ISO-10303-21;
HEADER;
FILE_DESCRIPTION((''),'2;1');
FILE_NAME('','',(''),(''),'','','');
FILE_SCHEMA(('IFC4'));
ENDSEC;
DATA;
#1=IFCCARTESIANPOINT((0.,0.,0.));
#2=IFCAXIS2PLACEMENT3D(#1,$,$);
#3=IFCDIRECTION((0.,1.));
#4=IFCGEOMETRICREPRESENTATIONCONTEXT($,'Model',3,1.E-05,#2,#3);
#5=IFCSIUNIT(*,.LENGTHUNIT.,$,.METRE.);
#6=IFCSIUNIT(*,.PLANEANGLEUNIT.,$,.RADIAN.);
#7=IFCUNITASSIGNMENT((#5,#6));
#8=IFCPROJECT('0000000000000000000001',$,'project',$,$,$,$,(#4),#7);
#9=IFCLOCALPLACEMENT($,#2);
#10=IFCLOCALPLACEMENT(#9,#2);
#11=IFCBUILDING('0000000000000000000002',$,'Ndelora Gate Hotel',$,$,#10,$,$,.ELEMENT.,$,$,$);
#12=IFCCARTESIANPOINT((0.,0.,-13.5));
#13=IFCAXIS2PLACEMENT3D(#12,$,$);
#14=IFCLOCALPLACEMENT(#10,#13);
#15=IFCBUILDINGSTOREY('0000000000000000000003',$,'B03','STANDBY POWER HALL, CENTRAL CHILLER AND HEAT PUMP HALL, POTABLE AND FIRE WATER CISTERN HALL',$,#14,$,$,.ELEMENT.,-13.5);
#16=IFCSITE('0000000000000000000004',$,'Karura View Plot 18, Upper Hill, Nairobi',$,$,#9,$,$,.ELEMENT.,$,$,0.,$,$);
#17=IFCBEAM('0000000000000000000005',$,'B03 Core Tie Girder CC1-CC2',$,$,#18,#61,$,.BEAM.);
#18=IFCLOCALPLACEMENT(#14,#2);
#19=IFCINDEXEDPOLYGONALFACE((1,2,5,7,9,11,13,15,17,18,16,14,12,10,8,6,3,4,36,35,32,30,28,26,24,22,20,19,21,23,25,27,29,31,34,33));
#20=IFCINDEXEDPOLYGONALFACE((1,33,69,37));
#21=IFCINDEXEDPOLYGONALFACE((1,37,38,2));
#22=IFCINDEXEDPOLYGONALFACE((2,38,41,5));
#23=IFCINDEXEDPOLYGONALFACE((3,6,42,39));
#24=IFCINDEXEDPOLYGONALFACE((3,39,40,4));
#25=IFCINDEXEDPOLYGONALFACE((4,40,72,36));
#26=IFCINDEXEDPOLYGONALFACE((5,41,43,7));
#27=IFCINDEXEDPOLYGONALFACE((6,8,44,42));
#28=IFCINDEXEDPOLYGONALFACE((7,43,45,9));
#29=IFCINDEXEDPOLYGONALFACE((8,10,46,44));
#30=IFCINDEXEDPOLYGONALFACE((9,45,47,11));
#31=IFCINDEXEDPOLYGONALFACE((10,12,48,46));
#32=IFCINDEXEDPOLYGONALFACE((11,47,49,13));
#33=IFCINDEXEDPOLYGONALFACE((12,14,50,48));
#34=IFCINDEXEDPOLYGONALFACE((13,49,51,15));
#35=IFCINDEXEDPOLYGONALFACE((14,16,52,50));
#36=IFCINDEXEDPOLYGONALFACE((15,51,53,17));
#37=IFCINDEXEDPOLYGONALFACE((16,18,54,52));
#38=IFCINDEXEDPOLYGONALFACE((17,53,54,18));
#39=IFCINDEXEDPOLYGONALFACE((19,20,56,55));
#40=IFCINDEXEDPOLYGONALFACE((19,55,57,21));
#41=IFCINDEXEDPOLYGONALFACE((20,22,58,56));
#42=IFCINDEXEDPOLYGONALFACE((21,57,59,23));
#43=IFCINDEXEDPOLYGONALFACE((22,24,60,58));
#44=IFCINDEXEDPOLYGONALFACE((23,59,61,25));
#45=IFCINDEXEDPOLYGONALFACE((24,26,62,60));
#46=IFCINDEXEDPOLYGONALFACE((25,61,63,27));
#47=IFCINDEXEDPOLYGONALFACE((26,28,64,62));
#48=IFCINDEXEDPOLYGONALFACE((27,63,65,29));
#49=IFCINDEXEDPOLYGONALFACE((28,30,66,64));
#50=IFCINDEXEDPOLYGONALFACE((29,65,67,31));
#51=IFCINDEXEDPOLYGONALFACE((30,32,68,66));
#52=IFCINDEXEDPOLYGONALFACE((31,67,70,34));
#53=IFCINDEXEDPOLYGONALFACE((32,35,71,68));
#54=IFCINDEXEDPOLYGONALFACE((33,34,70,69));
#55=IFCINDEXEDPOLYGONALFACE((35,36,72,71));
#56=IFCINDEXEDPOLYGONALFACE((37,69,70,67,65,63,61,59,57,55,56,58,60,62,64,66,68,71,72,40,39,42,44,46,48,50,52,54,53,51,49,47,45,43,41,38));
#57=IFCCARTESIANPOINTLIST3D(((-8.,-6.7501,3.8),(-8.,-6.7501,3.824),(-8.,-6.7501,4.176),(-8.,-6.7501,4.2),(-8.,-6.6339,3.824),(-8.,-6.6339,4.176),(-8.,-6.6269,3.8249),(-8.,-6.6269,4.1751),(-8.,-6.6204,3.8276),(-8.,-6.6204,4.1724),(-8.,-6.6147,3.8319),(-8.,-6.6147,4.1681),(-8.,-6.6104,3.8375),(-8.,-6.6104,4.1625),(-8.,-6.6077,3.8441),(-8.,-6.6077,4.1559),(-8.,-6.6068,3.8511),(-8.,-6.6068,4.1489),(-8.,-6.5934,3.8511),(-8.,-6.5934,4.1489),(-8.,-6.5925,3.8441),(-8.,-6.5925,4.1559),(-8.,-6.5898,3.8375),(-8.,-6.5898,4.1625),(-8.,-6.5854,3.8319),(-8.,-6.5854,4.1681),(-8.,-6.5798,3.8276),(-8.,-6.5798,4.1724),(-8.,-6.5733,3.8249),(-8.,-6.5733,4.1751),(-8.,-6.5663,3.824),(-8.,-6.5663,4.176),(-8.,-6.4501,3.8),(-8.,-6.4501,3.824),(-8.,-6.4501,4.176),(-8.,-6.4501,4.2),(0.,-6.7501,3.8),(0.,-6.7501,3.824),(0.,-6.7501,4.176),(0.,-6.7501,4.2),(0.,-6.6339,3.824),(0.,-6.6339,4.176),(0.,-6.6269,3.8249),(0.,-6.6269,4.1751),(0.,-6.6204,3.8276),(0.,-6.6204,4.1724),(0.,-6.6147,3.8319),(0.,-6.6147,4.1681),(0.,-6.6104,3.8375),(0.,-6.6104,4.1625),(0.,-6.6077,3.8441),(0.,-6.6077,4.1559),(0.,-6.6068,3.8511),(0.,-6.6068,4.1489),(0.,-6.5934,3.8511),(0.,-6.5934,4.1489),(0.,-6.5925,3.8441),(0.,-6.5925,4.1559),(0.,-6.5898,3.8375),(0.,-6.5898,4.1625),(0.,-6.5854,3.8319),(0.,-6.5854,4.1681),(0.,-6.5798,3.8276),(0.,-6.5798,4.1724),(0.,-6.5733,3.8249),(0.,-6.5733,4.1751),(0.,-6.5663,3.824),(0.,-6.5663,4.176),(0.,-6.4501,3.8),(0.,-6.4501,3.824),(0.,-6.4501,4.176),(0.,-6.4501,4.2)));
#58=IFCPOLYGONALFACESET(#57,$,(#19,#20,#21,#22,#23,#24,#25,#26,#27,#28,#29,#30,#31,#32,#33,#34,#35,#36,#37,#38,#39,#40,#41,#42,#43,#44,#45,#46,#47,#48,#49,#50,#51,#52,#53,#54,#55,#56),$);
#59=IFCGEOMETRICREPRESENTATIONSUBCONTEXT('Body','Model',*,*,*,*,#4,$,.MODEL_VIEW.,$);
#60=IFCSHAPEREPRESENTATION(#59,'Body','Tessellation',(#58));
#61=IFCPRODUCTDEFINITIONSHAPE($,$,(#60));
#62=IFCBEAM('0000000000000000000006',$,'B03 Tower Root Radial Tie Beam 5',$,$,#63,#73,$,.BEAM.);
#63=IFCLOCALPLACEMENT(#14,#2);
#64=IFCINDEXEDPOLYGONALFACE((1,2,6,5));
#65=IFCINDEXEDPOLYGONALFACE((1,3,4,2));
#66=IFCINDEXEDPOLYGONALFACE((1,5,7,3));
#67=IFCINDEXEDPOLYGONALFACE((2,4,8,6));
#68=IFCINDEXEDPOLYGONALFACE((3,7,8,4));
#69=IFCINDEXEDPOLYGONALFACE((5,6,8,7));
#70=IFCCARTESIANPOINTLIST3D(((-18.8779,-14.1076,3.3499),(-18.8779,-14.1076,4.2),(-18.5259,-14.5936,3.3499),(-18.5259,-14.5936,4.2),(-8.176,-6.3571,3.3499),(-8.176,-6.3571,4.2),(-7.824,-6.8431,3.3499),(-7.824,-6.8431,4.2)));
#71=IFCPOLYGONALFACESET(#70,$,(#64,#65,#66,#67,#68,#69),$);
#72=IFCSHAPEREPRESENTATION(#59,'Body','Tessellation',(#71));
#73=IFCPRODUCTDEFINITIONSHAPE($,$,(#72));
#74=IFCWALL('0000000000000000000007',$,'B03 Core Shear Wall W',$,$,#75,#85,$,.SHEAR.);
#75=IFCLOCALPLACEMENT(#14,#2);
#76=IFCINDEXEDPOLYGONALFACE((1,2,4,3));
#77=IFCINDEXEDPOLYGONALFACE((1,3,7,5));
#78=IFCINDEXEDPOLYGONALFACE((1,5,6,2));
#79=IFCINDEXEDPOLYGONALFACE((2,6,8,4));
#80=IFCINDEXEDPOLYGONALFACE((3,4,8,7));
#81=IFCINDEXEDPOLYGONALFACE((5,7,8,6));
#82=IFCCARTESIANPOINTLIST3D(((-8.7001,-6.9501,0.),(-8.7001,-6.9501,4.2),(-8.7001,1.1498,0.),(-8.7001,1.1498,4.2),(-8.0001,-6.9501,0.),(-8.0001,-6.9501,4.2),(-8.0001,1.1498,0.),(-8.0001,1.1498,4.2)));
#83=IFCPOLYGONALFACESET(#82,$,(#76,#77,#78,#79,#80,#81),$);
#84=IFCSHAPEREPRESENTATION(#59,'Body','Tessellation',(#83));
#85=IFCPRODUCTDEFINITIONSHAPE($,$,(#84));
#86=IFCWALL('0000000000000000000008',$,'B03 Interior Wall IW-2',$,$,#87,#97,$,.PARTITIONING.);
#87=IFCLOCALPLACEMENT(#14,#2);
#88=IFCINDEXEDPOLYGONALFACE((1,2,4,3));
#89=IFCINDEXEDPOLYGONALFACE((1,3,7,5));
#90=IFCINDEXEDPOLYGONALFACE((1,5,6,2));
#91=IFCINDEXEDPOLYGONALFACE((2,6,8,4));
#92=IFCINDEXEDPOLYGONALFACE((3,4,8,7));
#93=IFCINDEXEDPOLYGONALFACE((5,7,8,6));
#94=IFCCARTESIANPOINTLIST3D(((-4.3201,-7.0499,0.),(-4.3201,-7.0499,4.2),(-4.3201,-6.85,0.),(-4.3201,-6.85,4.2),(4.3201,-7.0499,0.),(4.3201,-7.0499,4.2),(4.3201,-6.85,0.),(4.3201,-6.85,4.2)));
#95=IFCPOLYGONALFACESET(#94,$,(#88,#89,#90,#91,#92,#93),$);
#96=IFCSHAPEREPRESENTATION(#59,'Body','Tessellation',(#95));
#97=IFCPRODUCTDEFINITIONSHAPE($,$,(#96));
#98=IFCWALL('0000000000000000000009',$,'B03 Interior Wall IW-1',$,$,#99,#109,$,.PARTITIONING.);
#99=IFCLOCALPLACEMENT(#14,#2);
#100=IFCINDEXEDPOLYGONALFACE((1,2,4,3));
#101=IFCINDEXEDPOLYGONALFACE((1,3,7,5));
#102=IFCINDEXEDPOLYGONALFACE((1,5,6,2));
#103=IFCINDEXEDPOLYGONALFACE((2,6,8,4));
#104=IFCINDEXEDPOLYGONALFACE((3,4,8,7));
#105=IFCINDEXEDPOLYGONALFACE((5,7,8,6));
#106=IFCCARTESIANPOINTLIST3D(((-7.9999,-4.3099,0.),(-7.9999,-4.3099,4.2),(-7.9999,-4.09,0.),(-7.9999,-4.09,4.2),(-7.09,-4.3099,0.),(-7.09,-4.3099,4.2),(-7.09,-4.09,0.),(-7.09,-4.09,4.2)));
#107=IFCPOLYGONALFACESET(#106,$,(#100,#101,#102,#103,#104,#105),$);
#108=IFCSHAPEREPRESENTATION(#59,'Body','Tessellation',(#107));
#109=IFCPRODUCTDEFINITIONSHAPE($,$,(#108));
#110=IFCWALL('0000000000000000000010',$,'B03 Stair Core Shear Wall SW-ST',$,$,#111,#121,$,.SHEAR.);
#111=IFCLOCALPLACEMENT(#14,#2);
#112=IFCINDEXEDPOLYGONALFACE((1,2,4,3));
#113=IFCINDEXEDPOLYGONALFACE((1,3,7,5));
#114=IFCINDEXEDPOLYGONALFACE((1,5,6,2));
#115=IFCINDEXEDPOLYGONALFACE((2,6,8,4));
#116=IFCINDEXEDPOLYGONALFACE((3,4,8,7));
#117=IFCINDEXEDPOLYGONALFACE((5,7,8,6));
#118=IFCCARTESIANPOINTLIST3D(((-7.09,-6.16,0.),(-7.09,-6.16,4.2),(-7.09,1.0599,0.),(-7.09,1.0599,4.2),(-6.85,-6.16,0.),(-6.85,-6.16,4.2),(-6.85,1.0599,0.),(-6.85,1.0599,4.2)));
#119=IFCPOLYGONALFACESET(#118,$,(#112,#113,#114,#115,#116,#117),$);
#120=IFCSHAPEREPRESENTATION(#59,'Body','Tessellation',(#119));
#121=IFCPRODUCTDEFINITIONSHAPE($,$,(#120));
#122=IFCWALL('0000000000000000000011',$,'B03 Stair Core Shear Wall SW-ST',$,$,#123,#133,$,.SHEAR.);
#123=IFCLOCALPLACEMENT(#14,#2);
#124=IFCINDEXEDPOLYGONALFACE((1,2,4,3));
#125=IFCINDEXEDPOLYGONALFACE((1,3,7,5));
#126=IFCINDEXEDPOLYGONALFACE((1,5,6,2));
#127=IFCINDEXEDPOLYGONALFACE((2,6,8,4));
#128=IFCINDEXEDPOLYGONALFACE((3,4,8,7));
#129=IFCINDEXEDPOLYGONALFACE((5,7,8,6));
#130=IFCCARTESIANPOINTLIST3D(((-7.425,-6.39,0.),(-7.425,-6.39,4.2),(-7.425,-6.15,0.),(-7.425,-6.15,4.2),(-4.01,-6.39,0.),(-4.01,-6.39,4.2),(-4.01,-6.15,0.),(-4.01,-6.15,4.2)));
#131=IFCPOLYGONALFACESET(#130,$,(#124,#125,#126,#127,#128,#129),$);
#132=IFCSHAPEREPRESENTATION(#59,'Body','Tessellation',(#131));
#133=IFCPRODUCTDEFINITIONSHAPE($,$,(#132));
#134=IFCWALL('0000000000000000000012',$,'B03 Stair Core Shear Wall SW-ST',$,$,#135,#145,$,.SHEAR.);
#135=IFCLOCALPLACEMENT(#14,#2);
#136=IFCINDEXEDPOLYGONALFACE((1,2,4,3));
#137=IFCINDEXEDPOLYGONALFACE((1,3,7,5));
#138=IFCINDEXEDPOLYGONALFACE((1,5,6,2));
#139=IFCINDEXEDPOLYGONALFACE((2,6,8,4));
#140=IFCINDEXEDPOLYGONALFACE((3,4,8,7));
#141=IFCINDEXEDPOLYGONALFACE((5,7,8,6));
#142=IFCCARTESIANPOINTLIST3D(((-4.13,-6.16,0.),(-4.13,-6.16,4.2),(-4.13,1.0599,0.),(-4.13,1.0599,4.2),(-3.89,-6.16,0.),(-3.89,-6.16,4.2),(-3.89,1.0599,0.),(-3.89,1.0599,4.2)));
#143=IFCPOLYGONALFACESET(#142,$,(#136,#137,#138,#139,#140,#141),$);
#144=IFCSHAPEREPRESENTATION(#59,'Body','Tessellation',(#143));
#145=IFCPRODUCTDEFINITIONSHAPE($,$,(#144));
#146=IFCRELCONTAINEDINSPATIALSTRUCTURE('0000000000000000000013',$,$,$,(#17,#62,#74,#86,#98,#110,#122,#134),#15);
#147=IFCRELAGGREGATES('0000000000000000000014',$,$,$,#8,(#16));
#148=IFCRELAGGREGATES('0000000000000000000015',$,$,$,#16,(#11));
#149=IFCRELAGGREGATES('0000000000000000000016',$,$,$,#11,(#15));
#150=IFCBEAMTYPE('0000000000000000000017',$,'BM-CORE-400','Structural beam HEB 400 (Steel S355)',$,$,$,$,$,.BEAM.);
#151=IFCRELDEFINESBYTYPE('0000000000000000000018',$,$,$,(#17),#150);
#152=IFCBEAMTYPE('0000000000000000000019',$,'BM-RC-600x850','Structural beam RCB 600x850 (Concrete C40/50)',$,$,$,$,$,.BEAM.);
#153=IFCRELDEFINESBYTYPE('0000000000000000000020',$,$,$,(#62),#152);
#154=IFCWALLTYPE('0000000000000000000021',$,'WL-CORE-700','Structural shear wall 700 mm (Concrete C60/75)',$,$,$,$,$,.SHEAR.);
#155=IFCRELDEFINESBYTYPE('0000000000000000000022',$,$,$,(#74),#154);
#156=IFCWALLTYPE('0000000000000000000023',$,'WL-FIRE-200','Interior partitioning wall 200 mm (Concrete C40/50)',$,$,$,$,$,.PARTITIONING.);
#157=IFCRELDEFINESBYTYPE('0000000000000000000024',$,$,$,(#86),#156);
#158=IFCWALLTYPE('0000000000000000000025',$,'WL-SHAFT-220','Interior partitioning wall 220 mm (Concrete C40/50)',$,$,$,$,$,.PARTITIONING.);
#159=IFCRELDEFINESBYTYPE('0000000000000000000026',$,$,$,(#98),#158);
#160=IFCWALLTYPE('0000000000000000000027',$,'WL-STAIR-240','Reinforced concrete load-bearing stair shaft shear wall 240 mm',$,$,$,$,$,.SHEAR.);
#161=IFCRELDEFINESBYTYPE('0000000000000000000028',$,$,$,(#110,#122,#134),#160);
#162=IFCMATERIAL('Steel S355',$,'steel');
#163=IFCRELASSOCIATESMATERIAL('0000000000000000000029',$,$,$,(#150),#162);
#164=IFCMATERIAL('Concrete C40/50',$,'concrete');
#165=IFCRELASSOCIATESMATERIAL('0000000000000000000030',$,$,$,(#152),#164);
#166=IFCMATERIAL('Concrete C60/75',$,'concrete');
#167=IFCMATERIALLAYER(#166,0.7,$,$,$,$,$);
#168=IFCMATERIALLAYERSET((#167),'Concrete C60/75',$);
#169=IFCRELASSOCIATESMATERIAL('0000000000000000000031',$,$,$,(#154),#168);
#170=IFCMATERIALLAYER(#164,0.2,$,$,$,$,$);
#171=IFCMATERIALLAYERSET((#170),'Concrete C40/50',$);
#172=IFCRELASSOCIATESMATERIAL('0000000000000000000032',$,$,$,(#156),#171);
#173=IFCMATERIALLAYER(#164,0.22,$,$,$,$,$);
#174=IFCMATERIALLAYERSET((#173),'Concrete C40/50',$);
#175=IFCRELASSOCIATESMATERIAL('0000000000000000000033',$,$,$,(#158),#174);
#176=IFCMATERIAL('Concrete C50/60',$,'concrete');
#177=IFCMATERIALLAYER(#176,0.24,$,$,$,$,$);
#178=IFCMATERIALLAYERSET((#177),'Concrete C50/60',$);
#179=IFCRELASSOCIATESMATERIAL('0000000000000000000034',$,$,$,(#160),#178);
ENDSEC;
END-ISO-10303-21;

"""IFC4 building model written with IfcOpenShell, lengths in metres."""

from ifc_helpers import new_model, si_unit, direction, frame, frame_2d, origin, origin_2d, place, context, subcontext, project, spatial, rectangle, i_section, extrude, material, layer, layer_set, material_profile, profile_set, type_object, element, save


model = new_model("IFC4")

# Units and contexts
model_context = context("Model", 3, precision=1e-05, world=origin(), true_north=direction((0.0, 1.0)))
body_context = subcontext(model_context, "Body", "Model", "MODEL_VIEW")
ifc_project = project(units=[si_unit("LENGTHUNIT", "METRE"), si_unit("PLANEANGLEUNIT", "RADIAN")], contexts=[model_context])

# Site, building, storey
site_placement = place(None, origin())
site = spatial("IfcSite", under=ifc_project, at=site_placement, Name="Karura View Plot 18, Upper Hill, Nairobi", CompositionType="ELEMENT", RefElevation=0.0)
building_placement = place(site_placement, origin())
building = spatial("IfcBuilding", under=site, at=building_placement, Name="Ndelora Gate Hotel", CompositionType="ELEMENT")
storey_placement = place(building_placement, frame((0.0, 0.0, -13.5)))
storey = spatial("IfcBuildingStorey", under=building, at=storey_placement, Name="B03", Description="STANDBY POWER HALL, CENTRAL CHILLER AND HEAT PUMP HALL, POTABLE AND FIRE WATER CISTERN HALL", CompositionType="ELEMENT", Elevation=-13.5)

# Shared definitions
ifc_material_1 = material(Name="Concrete C40/50", Category="concrete")

# Shared definitions
ifc_material_2 = material(Name="Concrete C60/75", Category="concrete")

# Beams
ifc_material_3 = material(Name="Steel S355", Category="steel")
ifc_material_profile_1 = material_profile(ifc_material_3, i_section(OverallWidth=0.3, OverallDepth=0.3999, WebThickness=0.0134, FlangeThickness=0.0239, FilletRadius=0.0271, at=origin_2d()), Name="HEB 400")
ifc_profile_set_1 = profile_set([ifc_material_profile_1], Name="Steel S355")
beam_type_1 = type_object("IfcBeamType", Name="BM-CORE-400", Description="Structural beam HEB 400 (Steel S355)", PredefinedType="BEAM", material=ifc_profile_set_1)
beam_1_placement = place(storey_placement, frame((-8.0, -6.6001, 4.0), z_axis=(1.0, 0.0, 0.0), x_axis=(0.0, 1.0, 0.0)))
element("IfcBeam", 1, at=beam_1_placement, inside=storey, type_object=beam_type_1, Name="B03 Core Tie Girder CC1-CC2", PredefinedType="BEAM", context=body_context, shape_type="SweptSolid", body=[
    extrude(i_section(OverallWidth=0.3, OverallDepth=0.3999, WebThickness=0.0134, FlangeThickness=0.0239, FilletRadius=0.0271, at=origin_2d()), origin(), (0.0, 0.0, 1.0), 8.0),
])
ifc_material_profile_2 = material_profile(ifc_material_1, rectangle(XDim=0.6001, YDim=0.8501, at=origin_2d()), Name="RCB 600x850")
ifc_profile_set_2 = profile_set([ifc_material_profile_2], Name="Concrete C40/50")
beam_type_2 = type_object("IfcBeamType", Name="BM-RC-600x850", Description="Structural beam RCB 600x850 (Concrete C40/50)", PredefinedType="BEAM", material=ifc_profile_set_2)
beam_2_placement = place(storey_placement, frame((-8.0, -6.6001, 3.7749), z_axis=(-0.809912, -0.586551, 0.0), x_axis=(0.586551, -0.809912, 0.0)))
element("IfcBeam", 2, at=beam_2_placement, inside=storey, type_object=beam_type_2, Name="B03 Tower Root Radial Tie Beam 5", PredefinedType="BEAM", context=body_context, shape_type="SweptSolid", body=[
    extrude(rectangle(XDim=0.6001, YDim=0.8501, at=origin_2d()), origin(), (0.0, 0.0, 1.0), 13.2136),
])

# Walls
ifc_layer_1 = layer(ifc_material_2, 0.7)
ifc_layer_set_1 = layer_set([ifc_layer_1], Name="Concrete C60/75")
wall_type_1 = type_object("IfcWallType", Name="WL-CORE-700", Description="Structural shear wall 700 mm (Concrete C60/75)", PredefinedType="SHEAR", material=ifc_layer_set_1)
wall_1_placement = place(storey_placement, frame((-8.3501, -6.95, 0.0), z_axis=(0.0, 0.0, 1.0), x_axis=(0.0, 1.0, 0.0)))
element("IfcWall", 3, at=wall_1_placement, inside=storey, type_object=wall_type_1, Name="B03 Core Shear Wall W", PredefinedType="SHEAR", context=body_context, shape_type="SweptSolid", body=[
    extrude(rectangle(XDim=8.0999, YDim=0.7, at=frame_2d((4.0498, 0.0))), origin(), (0.0, 0.0, 1.0), 4.2),
])
ifc_layer_2 = layer(ifc_material_1, 0.2)
ifc_layer_set_2 = layer_set([ifc_layer_2], Name="Concrete C40/50")
wall_type_2 = type_object("IfcWallType", Name="WL-FIRE-200", Description="Interior partitioning wall 200 mm (Concrete C40/50)", PredefinedType="PARTITIONING", material=ifc_layer_set_2)
wall_2_placement = place(storey_placement, frame((-4.3201, -6.95, 0.0), z_axis=(0.0, 0.0, 1.0), x_axis=(1.0, 0.0, 0.0)))
element("IfcWall", 4, at=wall_2_placement, inside=storey, type_object=wall_type_2, Name="B03 Interior Wall IW-2", PredefinedType="PARTITIONING", context=body_context, shape_type="SweptSolid", body=[
    extrude(rectangle(XDim=8.6401, YDim=0.2, at=frame_2d((4.3201, 0.0))), origin(), (0.0, 0.0, 1.0), 4.2),
])
ifc_layer_3 = layer(ifc_material_1, 0.22)
ifc_layer_set_3 = layer_set([ifc_layer_3], Name="Concrete C40/50")
wall_type_3 = type_object("IfcWallType", Name="WL-SHAFT-220", Description="Interior partitioning wall 220 mm (Concrete C40/50)", PredefinedType="PARTITIONING", material=ifc_layer_set_3)
wall_3_placement = place(storey_placement, frame((-8.0, -4.2, 0.0), z_axis=(0.0, 0.0, 1.0), x_axis=(1.0, 0.0, 0.0)))
element("IfcWall", 5, at=wall_3_placement, inside=storey, type_object=wall_type_3, Name="B03 Interior Wall IW-1", PredefinedType="PARTITIONING", context=body_context, shape_type="SweptSolid", body=[
    extrude(rectangle(XDim=0.9099, YDim=0.22, at=frame_2d((0.4551, 0.0))), origin(), (0.0, 0.0, 1.0), 4.2),
])
ifc_material_4 = material(Name="Concrete C50/60", Category="concrete")
ifc_layer_4 = layer(ifc_material_4, 0.24)
ifc_layer_set_4 = layer_set([ifc_layer_4], Name="Concrete C50/60")
wall_type_4 = type_object("IfcWallType", Name="WL-STAIR-240", Description="Reinforced concrete load-bearing stair shaft shear wall 240 mm", PredefinedType="SHEAR", material=ifc_layer_set_4)
wall_4_placement = place(storey_placement, frame((-6.97, -6.1599, 0.0), z_axis=(0.0, 0.0, 1.0), x_axis=(0.0, 1.0, 0.0)))
element("IfcWall", 6, at=wall_4_placement, inside=storey, type_object=wall_type_4, Name="B03 Stair Core Shear Wall SW-ST", PredefinedType="SHEAR", context=body_context, shape_type="SweptSolid", body=[
    extrude(rectangle(XDim=7.22, YDim=0.24, at=frame_2d((3.6099, 0.0))), origin(), (0.0, 0.0, 1.0), 4.2),
])
wall_5_placement = place(storey_placement, frame((-7.425, -6.27, 0.0), z_axis=(0.0, 0.0, 1.0), x_axis=(1.0, 0.0, 0.0)))
element("IfcWall", 7, at=wall_5_placement, inside=storey, type_object=wall_type_4, Name="B03 Stair Core Shear Wall SW-ST", PredefinedType="SHEAR", context=body_context, shape_type="SweptSolid", body=[
    extrude(rectangle(XDim=3.415, YDim=0.24, at=frame_2d((1.7075, 0.0))), origin(), (0.0, 0.0, 1.0), 4.2),
])
wall_6_placement = place(storey_placement, frame((-4.01, -6.1599, 0.0), z_axis=(0.0, 0.0, 1.0), x_axis=(0.0, 1.0, 0.0)))
element("IfcWall", 8, at=wall_6_placement, inside=storey, type_object=wall_type_4, Name="B03 Stair Core Shear Wall SW-ST", PredefinedType="SHEAR", context=body_context, shape_type="SweptSolid", body=[
    extrude(rectangle(XDim=7.22, YDim=0.24, at=frame_2d((3.6099, 0.0))), origin(), (0.0, 0.0, 1.0), 4.2),
])

save(model, "model.ifc")
